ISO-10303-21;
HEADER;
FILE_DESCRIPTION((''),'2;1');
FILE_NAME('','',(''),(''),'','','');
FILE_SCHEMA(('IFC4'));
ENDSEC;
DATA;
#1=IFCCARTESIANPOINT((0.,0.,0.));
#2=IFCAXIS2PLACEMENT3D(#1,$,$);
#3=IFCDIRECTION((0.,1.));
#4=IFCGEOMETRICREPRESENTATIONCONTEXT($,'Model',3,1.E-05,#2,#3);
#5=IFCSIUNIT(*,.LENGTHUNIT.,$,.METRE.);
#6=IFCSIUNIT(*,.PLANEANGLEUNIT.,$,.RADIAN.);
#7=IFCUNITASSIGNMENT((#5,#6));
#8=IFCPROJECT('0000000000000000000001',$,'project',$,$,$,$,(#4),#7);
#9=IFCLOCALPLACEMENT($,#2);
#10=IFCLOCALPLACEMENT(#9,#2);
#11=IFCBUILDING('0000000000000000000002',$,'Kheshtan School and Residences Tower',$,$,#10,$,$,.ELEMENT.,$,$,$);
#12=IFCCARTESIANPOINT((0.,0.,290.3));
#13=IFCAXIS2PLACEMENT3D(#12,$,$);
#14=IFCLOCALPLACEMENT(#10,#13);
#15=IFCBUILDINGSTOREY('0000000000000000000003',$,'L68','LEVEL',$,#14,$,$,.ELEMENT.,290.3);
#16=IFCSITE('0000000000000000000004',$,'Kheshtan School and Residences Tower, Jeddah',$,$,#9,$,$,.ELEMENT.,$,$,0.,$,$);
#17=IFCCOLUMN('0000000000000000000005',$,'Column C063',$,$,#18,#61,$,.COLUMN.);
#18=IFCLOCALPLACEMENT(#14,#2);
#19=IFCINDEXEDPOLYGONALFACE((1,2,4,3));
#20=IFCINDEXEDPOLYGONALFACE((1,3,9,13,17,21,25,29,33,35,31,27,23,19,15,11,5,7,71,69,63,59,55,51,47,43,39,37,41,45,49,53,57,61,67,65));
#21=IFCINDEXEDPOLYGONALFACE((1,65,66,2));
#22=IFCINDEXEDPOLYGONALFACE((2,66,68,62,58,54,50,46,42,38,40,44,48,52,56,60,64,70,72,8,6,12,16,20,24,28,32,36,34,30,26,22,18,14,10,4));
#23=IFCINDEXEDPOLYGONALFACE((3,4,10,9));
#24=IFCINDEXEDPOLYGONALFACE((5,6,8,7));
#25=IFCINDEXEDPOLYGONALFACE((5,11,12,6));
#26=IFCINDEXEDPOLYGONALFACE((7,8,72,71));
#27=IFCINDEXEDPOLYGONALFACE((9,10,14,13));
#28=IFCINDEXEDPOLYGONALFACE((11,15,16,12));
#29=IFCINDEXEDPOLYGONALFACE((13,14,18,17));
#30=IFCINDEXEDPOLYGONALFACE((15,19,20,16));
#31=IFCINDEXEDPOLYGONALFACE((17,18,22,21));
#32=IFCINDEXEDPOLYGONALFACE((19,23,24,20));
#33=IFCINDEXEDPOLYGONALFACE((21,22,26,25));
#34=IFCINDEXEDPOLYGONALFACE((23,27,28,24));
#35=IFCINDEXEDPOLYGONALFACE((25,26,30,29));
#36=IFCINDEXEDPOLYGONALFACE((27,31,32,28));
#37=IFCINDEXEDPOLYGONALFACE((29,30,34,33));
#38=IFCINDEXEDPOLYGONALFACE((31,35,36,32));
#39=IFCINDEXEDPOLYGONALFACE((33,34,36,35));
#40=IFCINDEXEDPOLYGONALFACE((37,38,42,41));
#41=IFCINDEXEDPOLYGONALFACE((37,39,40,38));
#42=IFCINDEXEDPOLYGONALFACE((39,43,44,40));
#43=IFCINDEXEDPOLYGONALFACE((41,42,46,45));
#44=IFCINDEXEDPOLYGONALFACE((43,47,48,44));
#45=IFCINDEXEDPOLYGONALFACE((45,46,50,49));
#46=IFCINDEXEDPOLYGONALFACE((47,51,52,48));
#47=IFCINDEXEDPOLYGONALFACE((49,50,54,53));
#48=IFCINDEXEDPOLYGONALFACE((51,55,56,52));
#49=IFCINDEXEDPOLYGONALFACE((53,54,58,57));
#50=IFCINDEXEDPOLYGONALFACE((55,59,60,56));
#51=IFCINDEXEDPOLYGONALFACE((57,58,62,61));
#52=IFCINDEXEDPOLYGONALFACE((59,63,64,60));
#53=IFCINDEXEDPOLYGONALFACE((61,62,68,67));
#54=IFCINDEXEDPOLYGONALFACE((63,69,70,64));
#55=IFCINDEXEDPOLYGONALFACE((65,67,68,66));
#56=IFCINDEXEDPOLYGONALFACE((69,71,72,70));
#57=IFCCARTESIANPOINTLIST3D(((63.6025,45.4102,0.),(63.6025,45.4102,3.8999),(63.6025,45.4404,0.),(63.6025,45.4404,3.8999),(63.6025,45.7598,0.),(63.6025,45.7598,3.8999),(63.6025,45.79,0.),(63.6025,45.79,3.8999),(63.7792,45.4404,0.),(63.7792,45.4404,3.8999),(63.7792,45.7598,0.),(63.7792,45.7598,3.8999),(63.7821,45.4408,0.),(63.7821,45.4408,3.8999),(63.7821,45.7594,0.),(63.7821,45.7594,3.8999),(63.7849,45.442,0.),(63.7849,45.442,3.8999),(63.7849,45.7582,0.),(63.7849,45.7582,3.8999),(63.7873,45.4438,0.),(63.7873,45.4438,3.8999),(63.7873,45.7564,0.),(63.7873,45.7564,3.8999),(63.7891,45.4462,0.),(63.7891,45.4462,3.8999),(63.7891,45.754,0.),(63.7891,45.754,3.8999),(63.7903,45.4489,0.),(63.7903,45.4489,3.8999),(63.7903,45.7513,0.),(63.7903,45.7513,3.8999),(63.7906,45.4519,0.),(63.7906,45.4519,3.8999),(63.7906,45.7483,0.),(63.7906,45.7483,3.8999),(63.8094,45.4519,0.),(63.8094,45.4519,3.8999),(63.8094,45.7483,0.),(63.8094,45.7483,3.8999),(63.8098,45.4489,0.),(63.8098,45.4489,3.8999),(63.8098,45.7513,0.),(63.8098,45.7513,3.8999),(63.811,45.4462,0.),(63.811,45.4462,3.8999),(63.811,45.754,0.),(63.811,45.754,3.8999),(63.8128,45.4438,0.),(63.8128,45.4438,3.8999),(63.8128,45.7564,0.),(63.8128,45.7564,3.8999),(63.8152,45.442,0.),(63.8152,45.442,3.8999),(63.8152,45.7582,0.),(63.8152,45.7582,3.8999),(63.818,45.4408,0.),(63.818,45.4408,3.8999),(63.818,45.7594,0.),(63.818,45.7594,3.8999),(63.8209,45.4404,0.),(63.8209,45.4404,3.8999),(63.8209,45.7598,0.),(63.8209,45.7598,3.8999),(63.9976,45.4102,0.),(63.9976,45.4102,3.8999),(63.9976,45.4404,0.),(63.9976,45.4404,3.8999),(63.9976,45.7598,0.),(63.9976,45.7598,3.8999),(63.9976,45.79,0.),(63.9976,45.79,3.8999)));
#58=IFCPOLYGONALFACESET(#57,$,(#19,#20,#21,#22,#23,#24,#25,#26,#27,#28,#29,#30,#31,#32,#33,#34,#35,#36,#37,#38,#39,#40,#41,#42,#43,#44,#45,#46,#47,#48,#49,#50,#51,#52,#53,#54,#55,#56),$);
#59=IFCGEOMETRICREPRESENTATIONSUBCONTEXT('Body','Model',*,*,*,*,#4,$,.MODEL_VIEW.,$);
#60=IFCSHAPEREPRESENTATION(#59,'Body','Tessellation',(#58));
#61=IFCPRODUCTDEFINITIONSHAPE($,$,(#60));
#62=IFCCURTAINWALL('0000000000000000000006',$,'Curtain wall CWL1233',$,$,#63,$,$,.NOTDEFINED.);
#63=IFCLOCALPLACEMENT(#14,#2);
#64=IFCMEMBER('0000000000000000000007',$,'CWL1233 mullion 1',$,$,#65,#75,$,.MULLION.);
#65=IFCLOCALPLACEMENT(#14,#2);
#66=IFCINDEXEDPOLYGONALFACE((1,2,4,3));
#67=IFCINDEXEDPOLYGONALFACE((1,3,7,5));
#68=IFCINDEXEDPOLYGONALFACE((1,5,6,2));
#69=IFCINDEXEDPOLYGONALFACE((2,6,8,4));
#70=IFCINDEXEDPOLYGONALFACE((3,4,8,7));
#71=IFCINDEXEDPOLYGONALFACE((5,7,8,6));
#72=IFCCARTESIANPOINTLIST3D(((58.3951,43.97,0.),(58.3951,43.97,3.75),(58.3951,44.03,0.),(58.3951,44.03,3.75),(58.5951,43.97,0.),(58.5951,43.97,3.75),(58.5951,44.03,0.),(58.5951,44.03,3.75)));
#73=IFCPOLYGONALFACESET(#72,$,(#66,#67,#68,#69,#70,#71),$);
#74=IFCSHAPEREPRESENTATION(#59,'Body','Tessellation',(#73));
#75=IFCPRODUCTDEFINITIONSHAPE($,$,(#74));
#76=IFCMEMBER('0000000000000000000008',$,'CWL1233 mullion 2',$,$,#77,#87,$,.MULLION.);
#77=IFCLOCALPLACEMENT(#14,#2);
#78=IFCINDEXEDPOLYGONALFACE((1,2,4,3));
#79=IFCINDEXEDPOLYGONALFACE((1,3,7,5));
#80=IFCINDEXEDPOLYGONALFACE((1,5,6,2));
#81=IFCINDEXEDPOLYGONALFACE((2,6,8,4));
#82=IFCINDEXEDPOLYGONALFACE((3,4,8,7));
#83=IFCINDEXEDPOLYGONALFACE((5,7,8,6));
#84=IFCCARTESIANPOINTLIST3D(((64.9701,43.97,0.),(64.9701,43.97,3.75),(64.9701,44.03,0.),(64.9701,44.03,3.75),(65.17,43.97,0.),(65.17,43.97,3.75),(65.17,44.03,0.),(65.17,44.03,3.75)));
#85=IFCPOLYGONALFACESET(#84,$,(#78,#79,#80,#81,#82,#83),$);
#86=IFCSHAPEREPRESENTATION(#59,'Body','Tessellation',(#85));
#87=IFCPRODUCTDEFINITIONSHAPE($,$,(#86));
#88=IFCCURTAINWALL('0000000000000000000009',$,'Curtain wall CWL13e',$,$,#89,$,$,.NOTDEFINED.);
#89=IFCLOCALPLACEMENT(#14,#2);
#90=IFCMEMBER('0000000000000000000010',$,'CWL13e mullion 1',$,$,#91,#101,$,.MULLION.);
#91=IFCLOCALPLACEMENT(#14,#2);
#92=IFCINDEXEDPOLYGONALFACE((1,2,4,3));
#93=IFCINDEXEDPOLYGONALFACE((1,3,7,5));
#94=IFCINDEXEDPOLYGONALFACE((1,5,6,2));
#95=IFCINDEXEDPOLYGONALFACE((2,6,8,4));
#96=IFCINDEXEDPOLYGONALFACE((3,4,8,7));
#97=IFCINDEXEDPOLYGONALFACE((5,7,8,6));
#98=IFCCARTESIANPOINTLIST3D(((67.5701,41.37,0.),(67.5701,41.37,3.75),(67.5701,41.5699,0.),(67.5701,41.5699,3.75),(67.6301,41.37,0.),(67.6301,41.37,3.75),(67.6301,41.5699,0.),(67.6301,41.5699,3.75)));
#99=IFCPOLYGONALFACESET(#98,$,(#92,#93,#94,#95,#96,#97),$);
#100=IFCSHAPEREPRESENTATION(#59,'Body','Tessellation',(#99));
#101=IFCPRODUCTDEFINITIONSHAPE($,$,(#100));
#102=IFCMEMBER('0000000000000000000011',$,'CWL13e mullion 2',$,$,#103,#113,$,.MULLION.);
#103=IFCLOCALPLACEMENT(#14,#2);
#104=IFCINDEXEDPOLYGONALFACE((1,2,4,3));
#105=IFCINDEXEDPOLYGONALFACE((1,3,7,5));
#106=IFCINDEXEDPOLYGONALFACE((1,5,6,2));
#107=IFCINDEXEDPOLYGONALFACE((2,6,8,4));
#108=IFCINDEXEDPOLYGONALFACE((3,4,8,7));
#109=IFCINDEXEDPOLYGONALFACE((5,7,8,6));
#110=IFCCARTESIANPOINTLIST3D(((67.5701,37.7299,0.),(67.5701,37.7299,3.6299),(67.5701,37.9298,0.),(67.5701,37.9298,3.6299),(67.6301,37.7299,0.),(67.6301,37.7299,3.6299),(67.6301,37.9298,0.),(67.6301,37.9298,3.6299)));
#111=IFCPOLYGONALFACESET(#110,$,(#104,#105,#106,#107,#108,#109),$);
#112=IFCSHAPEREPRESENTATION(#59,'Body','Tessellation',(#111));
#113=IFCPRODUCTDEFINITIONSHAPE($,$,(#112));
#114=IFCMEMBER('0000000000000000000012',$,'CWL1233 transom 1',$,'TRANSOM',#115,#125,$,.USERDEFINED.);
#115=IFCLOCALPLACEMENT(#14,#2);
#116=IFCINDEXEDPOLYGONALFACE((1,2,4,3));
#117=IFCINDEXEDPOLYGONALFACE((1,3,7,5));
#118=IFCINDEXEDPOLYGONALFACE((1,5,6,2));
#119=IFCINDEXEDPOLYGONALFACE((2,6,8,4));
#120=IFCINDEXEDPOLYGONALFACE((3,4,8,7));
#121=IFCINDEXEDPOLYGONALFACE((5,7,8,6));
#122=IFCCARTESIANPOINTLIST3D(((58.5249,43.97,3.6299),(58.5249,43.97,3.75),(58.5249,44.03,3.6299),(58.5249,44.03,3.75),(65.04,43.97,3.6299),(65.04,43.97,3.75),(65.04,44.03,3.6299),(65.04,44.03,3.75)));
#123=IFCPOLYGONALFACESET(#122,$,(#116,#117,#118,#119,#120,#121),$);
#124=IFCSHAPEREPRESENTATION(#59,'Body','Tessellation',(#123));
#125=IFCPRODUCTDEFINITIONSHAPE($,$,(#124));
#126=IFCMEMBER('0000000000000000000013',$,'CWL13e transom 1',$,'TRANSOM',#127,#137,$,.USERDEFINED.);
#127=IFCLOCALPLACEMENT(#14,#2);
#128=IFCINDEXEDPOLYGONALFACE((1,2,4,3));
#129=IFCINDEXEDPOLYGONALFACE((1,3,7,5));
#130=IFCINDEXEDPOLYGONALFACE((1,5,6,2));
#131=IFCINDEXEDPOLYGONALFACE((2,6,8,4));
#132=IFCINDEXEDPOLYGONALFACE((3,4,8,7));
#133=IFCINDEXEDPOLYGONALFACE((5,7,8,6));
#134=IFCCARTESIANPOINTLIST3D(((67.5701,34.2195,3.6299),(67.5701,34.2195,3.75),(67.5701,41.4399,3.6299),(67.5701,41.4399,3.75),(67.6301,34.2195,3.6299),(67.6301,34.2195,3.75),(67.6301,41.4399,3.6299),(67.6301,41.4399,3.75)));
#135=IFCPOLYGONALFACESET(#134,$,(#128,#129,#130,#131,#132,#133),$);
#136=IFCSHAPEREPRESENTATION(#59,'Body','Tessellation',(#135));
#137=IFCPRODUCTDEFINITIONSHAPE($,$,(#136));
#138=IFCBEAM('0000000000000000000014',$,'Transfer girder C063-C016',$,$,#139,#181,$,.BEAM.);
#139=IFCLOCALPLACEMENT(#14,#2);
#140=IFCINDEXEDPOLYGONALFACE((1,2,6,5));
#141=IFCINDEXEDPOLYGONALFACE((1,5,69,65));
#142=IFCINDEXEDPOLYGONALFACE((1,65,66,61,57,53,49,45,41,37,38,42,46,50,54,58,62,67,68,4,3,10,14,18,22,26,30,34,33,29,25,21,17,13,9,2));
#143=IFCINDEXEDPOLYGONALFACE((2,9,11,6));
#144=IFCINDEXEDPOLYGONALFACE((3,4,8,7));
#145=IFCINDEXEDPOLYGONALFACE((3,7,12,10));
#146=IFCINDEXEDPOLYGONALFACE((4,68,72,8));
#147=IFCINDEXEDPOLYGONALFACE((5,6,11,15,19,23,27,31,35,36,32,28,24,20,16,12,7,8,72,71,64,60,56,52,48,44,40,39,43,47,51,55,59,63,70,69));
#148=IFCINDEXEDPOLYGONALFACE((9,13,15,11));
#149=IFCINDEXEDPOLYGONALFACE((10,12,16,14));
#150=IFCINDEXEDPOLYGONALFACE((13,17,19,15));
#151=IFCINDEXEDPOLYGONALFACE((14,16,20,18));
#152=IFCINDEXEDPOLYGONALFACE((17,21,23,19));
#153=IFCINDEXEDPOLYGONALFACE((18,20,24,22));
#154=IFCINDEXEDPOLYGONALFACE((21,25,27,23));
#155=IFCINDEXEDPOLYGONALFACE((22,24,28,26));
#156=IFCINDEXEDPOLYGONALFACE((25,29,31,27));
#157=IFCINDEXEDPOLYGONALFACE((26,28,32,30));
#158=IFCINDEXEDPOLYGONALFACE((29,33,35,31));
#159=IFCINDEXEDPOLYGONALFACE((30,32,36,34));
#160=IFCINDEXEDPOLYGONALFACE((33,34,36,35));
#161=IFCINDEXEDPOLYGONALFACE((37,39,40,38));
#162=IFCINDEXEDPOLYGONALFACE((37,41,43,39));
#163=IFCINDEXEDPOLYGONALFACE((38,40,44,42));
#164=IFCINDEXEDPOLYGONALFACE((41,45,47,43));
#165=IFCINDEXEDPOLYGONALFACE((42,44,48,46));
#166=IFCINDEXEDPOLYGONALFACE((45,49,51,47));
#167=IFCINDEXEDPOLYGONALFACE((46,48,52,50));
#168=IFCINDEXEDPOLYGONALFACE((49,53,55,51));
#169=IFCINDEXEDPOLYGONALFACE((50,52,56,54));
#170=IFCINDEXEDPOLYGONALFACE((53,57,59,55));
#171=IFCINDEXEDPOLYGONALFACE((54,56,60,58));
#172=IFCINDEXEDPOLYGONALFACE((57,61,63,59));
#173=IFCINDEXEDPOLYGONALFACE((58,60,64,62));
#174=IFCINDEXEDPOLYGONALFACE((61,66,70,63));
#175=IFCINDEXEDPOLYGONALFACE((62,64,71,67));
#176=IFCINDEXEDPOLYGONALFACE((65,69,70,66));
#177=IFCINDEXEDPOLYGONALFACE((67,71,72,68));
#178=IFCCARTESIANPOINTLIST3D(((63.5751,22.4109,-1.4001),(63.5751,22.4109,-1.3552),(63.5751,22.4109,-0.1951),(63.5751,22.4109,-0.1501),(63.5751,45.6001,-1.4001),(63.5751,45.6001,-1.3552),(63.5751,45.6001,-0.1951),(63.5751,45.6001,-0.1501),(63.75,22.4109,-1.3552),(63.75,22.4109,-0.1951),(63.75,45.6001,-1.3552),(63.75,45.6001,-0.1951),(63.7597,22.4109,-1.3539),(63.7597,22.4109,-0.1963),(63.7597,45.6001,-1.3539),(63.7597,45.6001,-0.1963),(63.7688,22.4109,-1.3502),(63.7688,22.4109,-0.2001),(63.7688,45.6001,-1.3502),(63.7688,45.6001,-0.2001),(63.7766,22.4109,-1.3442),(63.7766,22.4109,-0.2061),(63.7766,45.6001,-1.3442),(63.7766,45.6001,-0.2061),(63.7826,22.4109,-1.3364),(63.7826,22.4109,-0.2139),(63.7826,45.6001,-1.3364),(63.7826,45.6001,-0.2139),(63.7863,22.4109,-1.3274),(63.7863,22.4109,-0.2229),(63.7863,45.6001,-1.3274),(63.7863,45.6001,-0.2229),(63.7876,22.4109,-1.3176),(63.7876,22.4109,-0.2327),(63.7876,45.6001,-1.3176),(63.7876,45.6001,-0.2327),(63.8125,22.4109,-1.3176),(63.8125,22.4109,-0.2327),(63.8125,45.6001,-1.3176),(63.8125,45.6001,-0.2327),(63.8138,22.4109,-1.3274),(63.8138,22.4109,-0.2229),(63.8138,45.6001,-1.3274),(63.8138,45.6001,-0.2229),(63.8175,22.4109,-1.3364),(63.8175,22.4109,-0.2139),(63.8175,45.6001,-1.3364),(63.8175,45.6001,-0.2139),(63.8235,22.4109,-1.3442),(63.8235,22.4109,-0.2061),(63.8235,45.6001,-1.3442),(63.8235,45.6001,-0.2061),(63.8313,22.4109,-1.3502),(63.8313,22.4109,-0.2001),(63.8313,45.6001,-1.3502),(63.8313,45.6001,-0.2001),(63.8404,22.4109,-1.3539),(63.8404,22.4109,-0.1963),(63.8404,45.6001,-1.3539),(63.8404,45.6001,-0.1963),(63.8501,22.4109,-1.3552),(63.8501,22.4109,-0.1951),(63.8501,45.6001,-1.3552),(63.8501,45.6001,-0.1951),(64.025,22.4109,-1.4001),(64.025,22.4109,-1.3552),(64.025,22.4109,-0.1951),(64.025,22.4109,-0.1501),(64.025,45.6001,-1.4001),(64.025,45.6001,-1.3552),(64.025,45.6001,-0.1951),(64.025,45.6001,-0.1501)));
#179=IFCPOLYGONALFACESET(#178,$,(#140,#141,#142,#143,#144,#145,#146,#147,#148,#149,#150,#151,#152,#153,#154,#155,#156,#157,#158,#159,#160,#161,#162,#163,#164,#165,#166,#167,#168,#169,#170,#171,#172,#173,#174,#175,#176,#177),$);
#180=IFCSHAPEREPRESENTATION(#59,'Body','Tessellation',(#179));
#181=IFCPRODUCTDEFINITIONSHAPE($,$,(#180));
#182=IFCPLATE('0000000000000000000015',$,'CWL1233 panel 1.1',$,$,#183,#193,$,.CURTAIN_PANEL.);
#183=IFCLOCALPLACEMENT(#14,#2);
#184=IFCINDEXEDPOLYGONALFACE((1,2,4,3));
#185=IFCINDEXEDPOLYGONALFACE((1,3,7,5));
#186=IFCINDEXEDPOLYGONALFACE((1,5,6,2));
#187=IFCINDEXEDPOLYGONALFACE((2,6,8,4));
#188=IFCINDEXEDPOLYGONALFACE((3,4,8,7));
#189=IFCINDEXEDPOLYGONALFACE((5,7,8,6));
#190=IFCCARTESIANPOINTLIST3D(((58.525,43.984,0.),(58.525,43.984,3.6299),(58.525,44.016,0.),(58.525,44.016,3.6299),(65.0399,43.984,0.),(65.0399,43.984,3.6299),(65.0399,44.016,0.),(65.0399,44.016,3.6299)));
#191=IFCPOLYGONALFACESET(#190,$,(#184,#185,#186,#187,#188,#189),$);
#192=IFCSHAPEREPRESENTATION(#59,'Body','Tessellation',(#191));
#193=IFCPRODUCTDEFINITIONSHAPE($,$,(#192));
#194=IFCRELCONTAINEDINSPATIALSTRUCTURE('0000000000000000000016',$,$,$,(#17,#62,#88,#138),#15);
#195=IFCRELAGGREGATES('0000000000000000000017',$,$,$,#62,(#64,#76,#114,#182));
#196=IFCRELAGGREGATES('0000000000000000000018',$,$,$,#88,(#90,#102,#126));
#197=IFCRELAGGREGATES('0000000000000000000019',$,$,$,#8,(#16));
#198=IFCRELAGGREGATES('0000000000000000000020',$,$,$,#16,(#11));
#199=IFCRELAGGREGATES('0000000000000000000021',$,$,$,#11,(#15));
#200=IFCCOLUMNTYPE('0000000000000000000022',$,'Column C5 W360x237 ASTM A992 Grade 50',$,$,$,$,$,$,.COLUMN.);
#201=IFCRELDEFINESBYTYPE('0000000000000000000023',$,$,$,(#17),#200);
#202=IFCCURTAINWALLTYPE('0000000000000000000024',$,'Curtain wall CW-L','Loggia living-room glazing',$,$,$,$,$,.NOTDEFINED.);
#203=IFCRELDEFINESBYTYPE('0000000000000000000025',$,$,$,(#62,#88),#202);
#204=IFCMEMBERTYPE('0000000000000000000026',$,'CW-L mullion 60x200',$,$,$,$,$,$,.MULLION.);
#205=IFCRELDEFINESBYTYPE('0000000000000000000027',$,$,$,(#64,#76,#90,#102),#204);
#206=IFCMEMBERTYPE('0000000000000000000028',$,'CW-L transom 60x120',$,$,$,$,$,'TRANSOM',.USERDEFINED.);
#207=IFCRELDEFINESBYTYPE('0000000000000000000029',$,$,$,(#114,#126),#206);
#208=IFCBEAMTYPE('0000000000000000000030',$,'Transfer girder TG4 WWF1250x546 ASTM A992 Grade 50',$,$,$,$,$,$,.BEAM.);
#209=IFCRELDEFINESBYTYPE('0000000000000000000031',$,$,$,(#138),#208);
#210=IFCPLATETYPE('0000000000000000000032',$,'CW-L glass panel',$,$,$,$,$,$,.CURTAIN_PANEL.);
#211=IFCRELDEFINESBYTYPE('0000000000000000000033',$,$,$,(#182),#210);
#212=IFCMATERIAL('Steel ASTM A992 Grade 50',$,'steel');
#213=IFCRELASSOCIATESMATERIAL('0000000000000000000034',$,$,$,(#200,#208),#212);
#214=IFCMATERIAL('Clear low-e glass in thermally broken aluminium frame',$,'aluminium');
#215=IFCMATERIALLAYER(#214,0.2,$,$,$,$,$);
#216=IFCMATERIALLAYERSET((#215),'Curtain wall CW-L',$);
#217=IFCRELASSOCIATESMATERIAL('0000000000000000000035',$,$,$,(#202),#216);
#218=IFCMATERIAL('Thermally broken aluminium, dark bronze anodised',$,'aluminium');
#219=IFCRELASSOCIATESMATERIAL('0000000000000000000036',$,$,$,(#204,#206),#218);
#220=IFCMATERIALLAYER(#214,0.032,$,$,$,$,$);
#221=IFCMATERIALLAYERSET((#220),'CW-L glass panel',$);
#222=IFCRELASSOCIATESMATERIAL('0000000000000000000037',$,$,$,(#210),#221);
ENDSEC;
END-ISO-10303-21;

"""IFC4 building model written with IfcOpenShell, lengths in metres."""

from ifc_helpers import new_model, si_unit, direction, frame, origin, origin_2d, place, context, subcontext, project, spatial, rectangle, i_section, extrude, material, layer, layer_set, material_profile, profile_set, type_object, element, aggregate, save


model = new_model("IFC4")

# Units and contexts
model_context = context("Model", 3, precision=1e-05, world=origin(), true_north=direction((0.0, 1.0)))
body_context = subcontext(model_context, "Body", "Model", "MODEL_VIEW")
ifc_project = project(units=[si_unit("LENGTHUNIT", "METRE"), si_unit("PLANEANGLEUNIT", "RADIAN")], contexts=[model_context])

# Site, building, storey
site_placement = place(None, origin())
site = spatial("IfcSite", under=ifc_project, at=site_placement, Name="Kheshtan School and Residences Tower, Jeddah", CompositionType="ELEMENT", RefElevation=0.0)
building_placement = place(site_placement, origin())
building = spatial("IfcBuilding", under=site, at=building_placement, Name="Kheshtan School and Residences Tower", CompositionType="ELEMENT")
storey_placement = place(building_placement, frame((0.0, 0.0, 290.3)))
storey = spatial("IfcBuildingStorey", under=building, at=storey_placement, Name="L68", Description="LEVEL", CompositionType="ELEMENT", Elevation=290.3)

# Column
ifc_material_1 = material(Name="Steel ASTM A992 Grade 50", Category="steel")
ifc_material_profile_1 = material_profile(ifc_material_1, i_section(OverallWidth=0.395, OverallDepth=0.3799, WebThickness=0.0188, FlangeThickness=0.0303, FilletRadius=0.0115, at=origin_2d()), Name="W360x237")
ifc_profile_set_1 = profile_set([ifc_material_profile_1], Name="Steel ASTM A992 Grade 50")
column_type = type_object("IfcColumnType", Name="Column C5 W360x237 ASTM A992 Grade 50", PredefinedType="COLUMN", material=ifc_profile_set_1)
column_placement = place(storey_placement, frame((63.8, 45.6001, 0.0), z_axis=(0.0, 0.0, 1.0), x_axis=(1.0, 0.0, 0.0)))
element("IfcColumn", 1, at=column_placement, inside=storey, type_object=column_type, Name="Column C063", PredefinedType="COLUMN", context=body_context, shape_type="SweptSolid", body=[
    extrude(i_section(OverallWidth=0.395, OverallDepth=0.3799, WebThickness=0.0188, FlangeThickness=0.0303, FilletRadius=0.0115, at=origin_2d()), origin(), (0.0, 0.0, 1.0), 3.8999),
])

# Curtain walls, members
ifc_material_2 = material(Name="Clear low-e glass in thermally broken aluminium frame", Category="aluminium")
ifc_layer_1 = layer(ifc_material_2, 0.2)
ifc_layer_set_1 = layer_set([ifc_layer_1], Name="Curtain wall CW-L")
curtain_wall_type = type_object("IfcCurtainWallType", Name="Curtain wall CW-L", Description="Loggia living-room glazing", PredefinedType="NOTDEFINED", material=ifc_layer_set_1)
curtain_wall_1_placement = place(storey_placement, origin())
curtain_wall_1 = element("IfcCurtainWall", 2, at=curtain_wall_1_placement, inside=storey, type_object=curtain_wall_type, Name="Curtain wall CWL1233", PredefinedType="NOTDEFINED")
ifc_material_3 = material(Name="Thermally broken aluminium, dark bronze anodised", Category="aluminium")
ifc_material_profile_2 = material_profile(ifc_material_3, rectangle(XDim=0.0601, YDim=0.2, at=origin_2d()), Name="CW-L mullion 60x200")
ifc_profile_set_2 = profile_set([ifc_material_profile_2], Name="Thermally broken aluminium, dark bronze anodised")
member_type_1 = type_object("IfcMemberType", Name="CW-L mullion 60x200", PredefinedType="MULLION", material=ifc_profile_set_2)
member_1_placement = place(storey_placement, frame((58.4951, 44.0, 0.0), z_axis=(0.0, 0.0, 1.0), x_axis=(0.0, 1.0, 0.0)))
member_1 = element("IfcMember", 3, at=member_1_placement, type_object=member_type_1, Name="CWL1233 mullion 1", PredefinedType="MULLION", context=body_context, shape_type="SweptSolid", body=[
    extrude(rectangle(XDim=0.0601, YDim=0.2, at=origin_2d()), origin(), (0.0, 0.0, 1.0), 3.75),
])
member_2_placement = place(storey_placement, frame((65.0701, 44.0, 0.0), z_axis=(0.0, 0.0, 1.0), x_axis=(0.0, 1.0, 0.0)))
member_2 = element("IfcMember", 4, at=member_2_placement, type_object=member_type_1, Name="CWL1233 mullion 2", PredefinedType="MULLION", context=body_context, shape_type="SweptSolid", body=[
    extrude(rectangle(XDim=0.0601, YDim=0.2, at=origin_2d()), origin(), (0.0, 0.0, 1.0), 3.75),
])
curtain_wall_2_placement = place(storey_placement, origin())
curtain_wall_2 = element("IfcCurtainWall", 5, at=curtain_wall_2_placement, inside=storey, type_object=curtain_wall_type, Name="Curtain wall CWL13e", PredefinedType="NOTDEFINED")
member_3_placement = place(storey_placement, frame((67.6001, 41.47, 0.0), z_axis=(0.0, 0.0, 1.0), x_axis=(1.0, 0.0, 0.0)))
member_3 = element("IfcMember", 6, at=member_3_placement, type_object=member_type_1, Name="CWL13e mullion 1", PredefinedType="MULLION", context=body_context, shape_type="SweptSolid", body=[
    extrude(rectangle(XDim=0.0601, YDim=0.2, at=origin_2d()), origin(), (0.0, 0.0, 1.0), 3.75),
])
member_4_placement = place(storey_placement, frame((67.6001, 37.8298, 0.0), z_axis=(0.0, 0.0, 1.0), x_axis=(1.0, 0.0, 0.0)))
member_4 = element("IfcMember", 7, at=member_4_placement, type_object=member_type_1, Name="CWL13e mullion 2", PredefinedType="MULLION", context=body_context, shape_type="SweptSolid", body=[
    extrude(rectangle(XDim=0.0601, YDim=0.2, at=origin_2d()), origin(), (0.0, 0.0, 1.0), 3.6299),
])

# Members
ifc_material_profile_3 = material_profile(ifc_material_3, rectangle(XDim=0.0601, YDim=0.1201, at=origin_2d()), Name="CW-L transom 60x120")
ifc_profile_set_3 = profile_set([ifc_material_profile_3], Name="Thermally broken aluminium, dark bronze anodised")
member_type_2 = type_object("IfcMemberType", Name="CW-L transom 60x120", ElementType="TRANSOM", PredefinedType="USERDEFINED", material=ifc_profile_set_3)
member_5_placement = place(storey_placement, frame((58.5249, 44.0, 3.6899), z_axis=(1.0, 0.0, 0.0), x_axis=(0.0, 1.0, 0.0)))
member_5 = element("IfcMember", 8, at=member_5_placement, type_object=member_type_2, Name="CWL1233 transom 1", ObjectType="TRANSOM", PredefinedType="USERDEFINED", context=body_context, shape_type="SweptSolid", body=[
    extrude(rectangle(XDim=0.0601, YDim=0.1201, at=origin_2d()), origin(), (0.0, 0.0, 1.0), 6.5151),
])
member_6_placement = place(storey_placement, frame((67.6001, 41.4399, 3.6899), z_axis=(0.0, -1.0, 0.0), x_axis=(1.0, 0.0, 0.0)))
member_6 = element("IfcMember", 9, at=member_6_placement, type_object=member_type_2, Name="CWL13e transom 1", ObjectType="TRANSOM", PredefinedType="USERDEFINED", context=body_context, shape_type="SweptSolid", body=[
    extrude(rectangle(XDim=0.0601, YDim=0.1201, at=origin_2d()), origin(), (0.0, 0.0, 1.0), 7.2205),
])

# Beam
ifc_material_profile_4 = material_profile(ifc_material_1, i_section(OverallWidth=0.45, OverallDepth=1.25, WebThickness=0.0249, FlangeThickness=0.0449, FilletRadius=0.0376, at=origin_2d()), Name="WWF1250x546")
ifc_profile_set_4 = profile_set([ifc_material_profile_4], Name="Steel ASTM A992 Grade 50")
beam_type = type_object("IfcBeamType", Name="Transfer girder TG4 WWF1250x546 ASTM A992 Grade 50", PredefinedType="BEAM", material=ifc_profile_set_4)
beam_placement = place(storey_placement, frame((63.8, 45.6001, -0.7751), z_axis=(0.0, -1.0, 0.0), x_axis=(1.0, 0.0, 0.0)))
element("IfcBeam", 10, at=beam_placement, inside=storey, type_object=beam_type, Name="Transfer girder C063-C016", PredefinedType="BEAM", context=body_context, shape_type="SweptSolid", body=[
    extrude(i_section(OverallWidth=0.45, OverallDepth=1.25, WebThickness=0.0249, FlangeThickness=0.0449, FilletRadius=0.0376, at=origin_2d()), origin(), (0.0, 0.0, 1.0), 23.1892),
])

# Plate
ifc_layer_2 = layer(ifc_material_2, 0.032)
ifc_layer_set_2 = layer_set([ifc_layer_2], Name="CW-L glass panel")
plate_type = type_object("IfcPlateType", Name="CW-L glass panel", PredefinedType="CURTAIN_PANEL", material=ifc_layer_set_2)
plate_1_placement = place(storey_placement, frame((61.7825, 44.0, 0.0), z_axis=(0.0, 0.0, 1.0), x_axis=(1.0, 0.0, 0.0)))
plate_1 = element("IfcPlate", 11, at=plate_1_placement, type_object=plate_type, Name="CWL1233 panel 1.1", PredefinedType="CURTAIN_PANEL", context=body_context, shape_type="SweptSolid", body=[
    extrude(rectangle(XDim=6.5149, YDim=0.032, at=origin_2d()), origin(), (0.0, 0.0, 1.0), 3.6299),
])
aggregate(curtain_wall_1, [member_1, member_2, member_5, plate_1])
aggregate(curtain_wall_2, [member_3, member_4, member_6])

save(model, "model.ifc")
